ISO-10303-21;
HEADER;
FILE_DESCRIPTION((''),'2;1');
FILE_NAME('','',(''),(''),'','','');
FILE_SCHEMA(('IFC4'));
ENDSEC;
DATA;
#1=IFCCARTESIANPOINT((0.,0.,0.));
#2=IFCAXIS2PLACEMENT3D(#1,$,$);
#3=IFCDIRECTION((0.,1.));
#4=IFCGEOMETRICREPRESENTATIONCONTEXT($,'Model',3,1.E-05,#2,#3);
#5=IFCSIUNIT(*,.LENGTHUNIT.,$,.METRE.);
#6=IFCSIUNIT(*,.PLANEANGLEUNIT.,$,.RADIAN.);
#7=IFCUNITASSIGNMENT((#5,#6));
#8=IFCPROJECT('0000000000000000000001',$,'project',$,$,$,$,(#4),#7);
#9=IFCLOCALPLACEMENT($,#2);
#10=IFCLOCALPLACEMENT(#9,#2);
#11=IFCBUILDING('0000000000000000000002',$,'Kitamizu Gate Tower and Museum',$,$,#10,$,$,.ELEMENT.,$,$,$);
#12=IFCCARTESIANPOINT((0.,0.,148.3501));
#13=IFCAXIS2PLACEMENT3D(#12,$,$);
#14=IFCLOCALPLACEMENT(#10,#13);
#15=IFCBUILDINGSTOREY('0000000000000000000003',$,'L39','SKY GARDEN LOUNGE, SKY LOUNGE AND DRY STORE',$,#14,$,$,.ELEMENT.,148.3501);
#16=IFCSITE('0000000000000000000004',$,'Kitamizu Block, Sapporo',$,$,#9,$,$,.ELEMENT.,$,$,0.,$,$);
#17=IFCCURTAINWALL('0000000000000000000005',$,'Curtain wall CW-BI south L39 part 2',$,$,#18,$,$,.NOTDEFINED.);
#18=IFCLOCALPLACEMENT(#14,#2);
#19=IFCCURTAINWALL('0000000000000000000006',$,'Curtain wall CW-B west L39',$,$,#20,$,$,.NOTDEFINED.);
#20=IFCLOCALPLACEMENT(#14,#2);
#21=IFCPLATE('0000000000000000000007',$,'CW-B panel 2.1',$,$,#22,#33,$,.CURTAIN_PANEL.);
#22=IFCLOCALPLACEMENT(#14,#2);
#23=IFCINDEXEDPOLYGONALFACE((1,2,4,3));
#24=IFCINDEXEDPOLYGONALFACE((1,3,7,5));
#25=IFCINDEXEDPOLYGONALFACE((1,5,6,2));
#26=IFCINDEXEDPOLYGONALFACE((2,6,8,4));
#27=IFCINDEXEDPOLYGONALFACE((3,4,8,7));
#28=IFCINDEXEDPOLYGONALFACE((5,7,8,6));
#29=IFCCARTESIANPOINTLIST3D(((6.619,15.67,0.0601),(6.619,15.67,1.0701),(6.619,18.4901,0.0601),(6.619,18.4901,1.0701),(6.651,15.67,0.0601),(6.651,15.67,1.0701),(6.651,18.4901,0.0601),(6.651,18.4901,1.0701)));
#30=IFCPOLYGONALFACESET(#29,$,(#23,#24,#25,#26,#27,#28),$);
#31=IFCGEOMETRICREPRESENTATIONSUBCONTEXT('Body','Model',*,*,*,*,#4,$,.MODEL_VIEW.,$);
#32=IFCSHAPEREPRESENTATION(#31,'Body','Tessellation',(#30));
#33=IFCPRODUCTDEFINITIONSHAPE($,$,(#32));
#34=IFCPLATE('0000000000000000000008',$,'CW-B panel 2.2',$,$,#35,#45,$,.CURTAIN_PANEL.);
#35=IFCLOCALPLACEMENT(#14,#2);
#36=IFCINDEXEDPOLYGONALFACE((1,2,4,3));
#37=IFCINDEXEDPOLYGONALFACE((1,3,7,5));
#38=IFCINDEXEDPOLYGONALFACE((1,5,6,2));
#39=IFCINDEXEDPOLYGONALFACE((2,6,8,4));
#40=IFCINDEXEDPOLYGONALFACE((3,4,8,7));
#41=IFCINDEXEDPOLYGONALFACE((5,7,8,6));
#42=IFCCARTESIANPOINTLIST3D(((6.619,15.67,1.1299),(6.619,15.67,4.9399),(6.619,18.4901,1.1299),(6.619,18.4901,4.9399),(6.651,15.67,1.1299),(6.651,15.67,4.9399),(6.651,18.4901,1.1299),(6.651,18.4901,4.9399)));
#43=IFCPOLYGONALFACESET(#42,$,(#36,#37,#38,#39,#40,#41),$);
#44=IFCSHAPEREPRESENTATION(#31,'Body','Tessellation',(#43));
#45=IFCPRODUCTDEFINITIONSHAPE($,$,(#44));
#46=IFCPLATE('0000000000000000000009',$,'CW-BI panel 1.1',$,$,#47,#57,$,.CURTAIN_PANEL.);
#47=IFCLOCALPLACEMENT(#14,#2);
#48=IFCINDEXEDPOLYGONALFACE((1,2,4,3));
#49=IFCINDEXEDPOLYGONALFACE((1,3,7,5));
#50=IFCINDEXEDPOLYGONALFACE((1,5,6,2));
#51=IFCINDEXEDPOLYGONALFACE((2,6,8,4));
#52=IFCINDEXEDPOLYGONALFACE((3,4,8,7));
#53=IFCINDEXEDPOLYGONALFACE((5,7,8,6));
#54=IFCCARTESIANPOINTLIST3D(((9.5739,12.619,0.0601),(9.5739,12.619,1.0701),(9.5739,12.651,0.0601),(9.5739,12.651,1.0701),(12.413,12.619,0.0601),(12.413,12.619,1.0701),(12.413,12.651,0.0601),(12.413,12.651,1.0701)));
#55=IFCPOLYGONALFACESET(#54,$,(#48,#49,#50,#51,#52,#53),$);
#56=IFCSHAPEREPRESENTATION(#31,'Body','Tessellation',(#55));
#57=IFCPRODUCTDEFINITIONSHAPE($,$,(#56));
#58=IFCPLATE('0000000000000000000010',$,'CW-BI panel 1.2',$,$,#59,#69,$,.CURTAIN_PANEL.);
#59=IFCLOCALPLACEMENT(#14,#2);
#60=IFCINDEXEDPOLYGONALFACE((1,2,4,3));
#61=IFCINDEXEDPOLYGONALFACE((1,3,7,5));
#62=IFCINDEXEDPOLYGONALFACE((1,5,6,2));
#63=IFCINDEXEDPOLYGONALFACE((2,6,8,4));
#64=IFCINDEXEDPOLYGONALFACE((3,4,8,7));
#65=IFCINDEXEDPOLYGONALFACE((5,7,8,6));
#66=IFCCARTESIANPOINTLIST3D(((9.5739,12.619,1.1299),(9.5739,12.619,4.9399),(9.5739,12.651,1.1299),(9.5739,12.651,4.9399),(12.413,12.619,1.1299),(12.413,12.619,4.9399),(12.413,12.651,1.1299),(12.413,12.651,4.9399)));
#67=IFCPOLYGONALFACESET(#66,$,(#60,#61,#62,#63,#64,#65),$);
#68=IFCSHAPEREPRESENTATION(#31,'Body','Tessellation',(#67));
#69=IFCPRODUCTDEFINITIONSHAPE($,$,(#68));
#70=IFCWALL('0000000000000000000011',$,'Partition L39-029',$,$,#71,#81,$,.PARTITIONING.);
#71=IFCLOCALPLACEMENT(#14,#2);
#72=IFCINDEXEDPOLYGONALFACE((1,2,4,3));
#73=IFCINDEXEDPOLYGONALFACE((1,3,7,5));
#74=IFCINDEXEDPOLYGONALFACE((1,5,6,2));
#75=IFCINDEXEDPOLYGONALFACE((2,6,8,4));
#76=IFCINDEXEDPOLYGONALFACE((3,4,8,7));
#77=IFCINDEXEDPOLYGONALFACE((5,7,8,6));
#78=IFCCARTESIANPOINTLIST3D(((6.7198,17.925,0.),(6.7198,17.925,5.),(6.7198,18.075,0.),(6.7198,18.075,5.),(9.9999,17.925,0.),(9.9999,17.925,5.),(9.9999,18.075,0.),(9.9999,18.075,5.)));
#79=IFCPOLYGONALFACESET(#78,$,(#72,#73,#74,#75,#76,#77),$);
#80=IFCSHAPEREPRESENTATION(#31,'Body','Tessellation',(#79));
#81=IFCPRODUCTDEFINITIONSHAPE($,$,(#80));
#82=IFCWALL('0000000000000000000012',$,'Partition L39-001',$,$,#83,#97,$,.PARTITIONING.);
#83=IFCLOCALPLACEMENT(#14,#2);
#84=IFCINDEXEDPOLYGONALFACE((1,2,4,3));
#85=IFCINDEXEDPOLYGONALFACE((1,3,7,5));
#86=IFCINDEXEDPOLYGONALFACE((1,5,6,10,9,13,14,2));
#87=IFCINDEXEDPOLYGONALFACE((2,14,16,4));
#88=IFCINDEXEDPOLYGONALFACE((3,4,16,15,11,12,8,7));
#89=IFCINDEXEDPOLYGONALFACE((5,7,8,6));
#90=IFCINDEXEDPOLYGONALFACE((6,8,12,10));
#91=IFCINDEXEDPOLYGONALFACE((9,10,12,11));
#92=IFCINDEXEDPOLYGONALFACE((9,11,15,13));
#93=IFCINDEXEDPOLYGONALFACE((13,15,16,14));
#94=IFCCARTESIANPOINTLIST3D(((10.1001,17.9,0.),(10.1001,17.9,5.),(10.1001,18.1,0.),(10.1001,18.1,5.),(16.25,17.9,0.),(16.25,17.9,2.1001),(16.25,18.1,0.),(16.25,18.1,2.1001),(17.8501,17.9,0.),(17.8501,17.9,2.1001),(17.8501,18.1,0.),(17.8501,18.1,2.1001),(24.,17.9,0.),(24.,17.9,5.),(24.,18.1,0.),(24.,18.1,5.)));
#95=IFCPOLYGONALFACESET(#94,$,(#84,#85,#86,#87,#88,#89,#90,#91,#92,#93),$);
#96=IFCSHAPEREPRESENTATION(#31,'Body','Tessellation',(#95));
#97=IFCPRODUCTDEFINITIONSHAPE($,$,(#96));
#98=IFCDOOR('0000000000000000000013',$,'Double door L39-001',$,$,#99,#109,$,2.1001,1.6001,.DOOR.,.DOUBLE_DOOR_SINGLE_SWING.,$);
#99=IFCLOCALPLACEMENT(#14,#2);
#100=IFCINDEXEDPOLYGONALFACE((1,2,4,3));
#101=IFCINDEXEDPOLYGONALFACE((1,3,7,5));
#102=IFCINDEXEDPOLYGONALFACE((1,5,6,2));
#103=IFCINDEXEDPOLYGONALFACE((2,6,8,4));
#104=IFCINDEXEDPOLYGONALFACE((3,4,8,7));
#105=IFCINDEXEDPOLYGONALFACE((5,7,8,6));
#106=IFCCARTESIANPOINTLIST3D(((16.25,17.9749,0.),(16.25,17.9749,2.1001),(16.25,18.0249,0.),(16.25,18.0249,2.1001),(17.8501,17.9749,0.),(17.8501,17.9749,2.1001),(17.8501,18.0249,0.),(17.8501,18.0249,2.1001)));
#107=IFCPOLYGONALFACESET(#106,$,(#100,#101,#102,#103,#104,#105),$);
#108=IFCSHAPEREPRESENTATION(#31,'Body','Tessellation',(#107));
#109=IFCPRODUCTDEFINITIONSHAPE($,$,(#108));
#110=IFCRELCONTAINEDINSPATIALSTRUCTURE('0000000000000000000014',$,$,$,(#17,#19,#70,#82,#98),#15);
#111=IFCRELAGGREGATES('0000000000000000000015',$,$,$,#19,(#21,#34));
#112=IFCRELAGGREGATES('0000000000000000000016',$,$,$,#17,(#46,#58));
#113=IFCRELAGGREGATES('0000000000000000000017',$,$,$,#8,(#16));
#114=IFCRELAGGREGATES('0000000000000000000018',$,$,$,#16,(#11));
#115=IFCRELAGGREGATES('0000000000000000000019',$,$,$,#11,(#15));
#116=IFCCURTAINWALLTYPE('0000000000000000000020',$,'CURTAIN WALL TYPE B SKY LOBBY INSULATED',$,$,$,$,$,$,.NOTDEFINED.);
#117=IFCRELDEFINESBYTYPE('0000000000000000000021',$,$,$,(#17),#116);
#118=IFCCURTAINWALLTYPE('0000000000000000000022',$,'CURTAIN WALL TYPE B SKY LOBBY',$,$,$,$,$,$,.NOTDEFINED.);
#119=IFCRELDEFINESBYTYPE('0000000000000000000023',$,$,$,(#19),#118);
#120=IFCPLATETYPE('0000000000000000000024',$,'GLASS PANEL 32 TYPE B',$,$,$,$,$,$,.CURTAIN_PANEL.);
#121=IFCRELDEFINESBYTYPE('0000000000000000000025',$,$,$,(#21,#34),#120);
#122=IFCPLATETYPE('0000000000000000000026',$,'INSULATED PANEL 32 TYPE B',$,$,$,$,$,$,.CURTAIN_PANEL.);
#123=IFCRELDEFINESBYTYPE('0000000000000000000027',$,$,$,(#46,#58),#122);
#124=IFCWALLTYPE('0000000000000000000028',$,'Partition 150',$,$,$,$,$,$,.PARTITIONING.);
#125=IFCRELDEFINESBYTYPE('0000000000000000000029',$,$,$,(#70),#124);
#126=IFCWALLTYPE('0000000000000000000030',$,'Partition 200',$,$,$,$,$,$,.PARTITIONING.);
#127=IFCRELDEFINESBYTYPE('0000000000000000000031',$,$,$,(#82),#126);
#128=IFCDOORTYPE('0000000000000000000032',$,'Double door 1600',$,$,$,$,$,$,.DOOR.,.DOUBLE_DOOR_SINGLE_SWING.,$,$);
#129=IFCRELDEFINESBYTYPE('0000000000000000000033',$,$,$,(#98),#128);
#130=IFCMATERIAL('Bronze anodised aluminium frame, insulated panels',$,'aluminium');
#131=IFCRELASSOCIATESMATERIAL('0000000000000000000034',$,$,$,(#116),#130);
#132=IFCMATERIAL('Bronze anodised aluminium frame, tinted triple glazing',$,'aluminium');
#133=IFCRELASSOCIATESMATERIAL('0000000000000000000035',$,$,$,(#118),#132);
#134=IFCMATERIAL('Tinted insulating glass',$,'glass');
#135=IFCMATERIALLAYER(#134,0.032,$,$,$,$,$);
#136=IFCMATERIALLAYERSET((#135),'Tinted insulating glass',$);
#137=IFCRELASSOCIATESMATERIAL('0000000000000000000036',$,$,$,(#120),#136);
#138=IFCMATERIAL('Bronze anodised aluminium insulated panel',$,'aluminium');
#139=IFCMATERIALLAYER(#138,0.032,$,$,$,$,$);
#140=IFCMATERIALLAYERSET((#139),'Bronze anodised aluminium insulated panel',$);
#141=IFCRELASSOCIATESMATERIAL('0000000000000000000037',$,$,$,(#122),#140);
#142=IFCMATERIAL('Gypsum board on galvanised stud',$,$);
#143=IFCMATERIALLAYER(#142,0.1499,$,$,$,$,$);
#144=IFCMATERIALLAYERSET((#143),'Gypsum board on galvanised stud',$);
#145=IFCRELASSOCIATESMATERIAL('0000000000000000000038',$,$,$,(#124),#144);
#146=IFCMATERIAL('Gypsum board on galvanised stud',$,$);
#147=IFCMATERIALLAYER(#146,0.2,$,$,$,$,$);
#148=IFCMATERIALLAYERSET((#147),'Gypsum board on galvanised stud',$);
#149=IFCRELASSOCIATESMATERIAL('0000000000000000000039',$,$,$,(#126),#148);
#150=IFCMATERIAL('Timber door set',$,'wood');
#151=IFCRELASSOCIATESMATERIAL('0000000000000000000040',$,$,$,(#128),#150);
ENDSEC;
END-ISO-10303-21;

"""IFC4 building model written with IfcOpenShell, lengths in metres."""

from ifc_helpers import new_model, si_unit, direction, frame, frame_2d, origin, origin_2d, place, context, subcontext, project, spatial, rectangle, extrude, material, layer, layer_set, type_object, element, fill, aggregate, save


model = new_model("IFC4")

# Units and contexts
model_context = context("Model", 3, precision=1e-05, world=origin(), true_north=direction((0.0, 1.0)))
body_context = subcontext(model_context, "Body", "Model", "MODEL_VIEW")
ifc_project = project(units=[si_unit("LENGTHUNIT", "METRE"), si_unit("PLANEANGLEUNIT", "RADIAN")], contexts=[model_context])

# Site, building, storey
site_placement = place(None, origin())
site = spatial("IfcSite", under=ifc_project, at=site_placement, Name="Kitamizu Block, Sapporo", CompositionType="ELEMENT", RefElevation=0.0)
building_placement = place(site_placement, origin())
building = spatial("IfcBuilding", under=site, at=building_placement, Name="Kitamizu Gate Tower and Museum", CompositionType="ELEMENT")
storey_placement = place(building_placement, frame((0.0, 0.0, 148.3501)))
storey = spatial("IfcBuildingStorey", under=building, at=storey_placement, Name="L39", Description="SKY GARDEN LOUNGE, SKY LOUNGE AND DRY STORE", CompositionType="ELEMENT", Elevation=148.3501)

# Curtain wall
ifc_material_1 = material(Name="Bronze anodised aluminium frame, insulated panels", Category="aluminium")
curtain_wall_type_1 = type_object("IfcCurtainWallType", Name="CURTAIN WALL TYPE B SKY LOBBY INSULATED", PredefinedType="NOTDEFINED", material=ifc_material_1)
curtain_wall_1_placement = place(storey_placement, origin())
curtain_wall_1 = element("IfcCurtainWall", 1, at=curtain_wall_1_placement, inside=storey, type_object=curtain_wall_type_1, Name="Curtain wall CW-BI south L39 part 2", PredefinedType="NOTDEFINED")

# Curtain wall
ifc_material_2 = material(Name="Bronze anodised aluminium frame, tinted triple glazing", Category="aluminium")
curtain_wall_type_2 = type_object("IfcCurtainWallType", Name="CURTAIN WALL TYPE B SKY LOBBY", PredefinedType="NOTDEFINED", material=ifc_material_2)
curtain_wall_2_placement = place(storey_placement, origin())
curtain_wall_2 = element("IfcCurtainWall", 2, at=curtain_wall_2_placement, inside=storey, type_object=curtain_wall_type_2, Name="Curtain wall CW-B west L39", PredefinedType="NOTDEFINED")

# Plates
ifc_material_3 = material(Name="Tinted insulating glass", Category="glass")
ifc_layer_1 = layer(ifc_material_3, 0.032)
ifc_layer_set_1 = layer_set([ifc_layer_1], Name="Tinted insulating glass")
plate_type_1 = type_object("IfcPlateType", Name="GLASS PANEL 32 TYPE B", PredefinedType="CURTAIN_PANEL", material=ifc_layer_set_1)
plate_1_placement = place(storey_placement, frame((6.635, 17.0801, 0.0601), z_axis=(0.0, 0.0, 1.0), x_axis=(0.0, 1.0, 0.0)))
plate_1 = element("IfcPlate", 3, at=plate_1_placement, type_object=plate_type_1, Name="CW-B panel 2.1", PredefinedType="CURTAIN_PANEL", context=body_context, shape_type="SweptSolid", body=[
    extrude(rectangle(XDim=2.8201, YDim=0.032, at=origin_2d()), origin(), (0.0, 0.0, 1.0), 1.01),
])
plate_2_placement = place(storey_placement, frame((6.635, 17.0801, 1.1299), z_axis=(0.0, 0.0, 1.0), x_axis=(0.0, 1.0, 0.0)))
plate_2 = element("IfcPlate", 4, at=plate_2_placement, type_object=plate_type_1, Name="CW-B panel 2.2", PredefinedType="CURTAIN_PANEL", context=body_context, shape_type="SweptSolid", body=[
    extrude(rectangle(XDim=2.8201, YDim=0.032, at=origin_2d()), origin(), (0.0, 0.0, 1.0), 3.8101),
])
aggregate(curtain_wall_2, [plate_1, plate_2])
ifc_material_4 = material(Name="Bronze anodised aluminium insulated panel", Category="aluminium")
ifc_layer_2 = layer(ifc_material_4, 0.032)
ifc_layer_set_2 = layer_set([ifc_layer_2], Name="Bronze anodised aluminium insulated panel")
plate_type_2 = type_object("IfcPlateType", Name="INSULATED PANEL 32 TYPE B", PredefinedType="CURTAIN_PANEL", material=ifc_layer_set_2)
plate_3_placement = place(storey_placement, frame((10.9934, 12.635, 0.0601), z_axis=(0.0, 0.0, 1.0), x_axis=(1.0, 0.0, 0.0)))
plate_3 = element("IfcPlate", 5, at=plate_3_placement, type_object=plate_type_2, Name="CW-BI panel 1.1", PredefinedType="CURTAIN_PANEL", context=body_context, shape_type="SweptSolid", body=[
    extrude(rectangle(XDim=2.8391, YDim=0.032, at=origin_2d()), origin(), (0.0, 0.0, 1.0), 1.01),
])
plate_4_placement = place(storey_placement, frame((10.9934, 12.635, 1.1299), z_axis=(0.0, 0.0, 1.0), x_axis=(1.0, 0.0, 0.0)))
plate_4 = element("IfcPlate", 6, at=plate_4_placement, type_object=plate_type_2, Name="CW-BI panel 1.2", PredefinedType="CURTAIN_PANEL", context=body_context, shape_type="SweptSolid", body=[
    extrude(rectangle(XDim=2.8391, YDim=0.032, at=origin_2d()), origin(), (0.0, 0.0, 1.0), 3.8101),
])
aggregate(curtain_wall_1, [plate_3, plate_4])

# Wall
ifc_material_5 = material(Name="Gypsum board on galvanised stud")
ifc_layer_3 = layer(ifc_material_5, 0.1499)
ifc_layer_set_3 = layer_set([ifc_layer_3], Name="Gypsum board on galvanised stud")
wall_type_1 = type_object("IfcWallType", Name="Partition 150", PredefinedType="PARTITIONING", material=ifc_layer_set_3)
wall_1_placement = place(storey_placement, frame((10.0, 18.0, 0.0), z_axis=(0.0, 0.0, 1.0), x_axis=(-1.0, 0.0, 0.0)))
element("IfcWall", 7, at=wall_1_placement, inside=storey, type_object=wall_type_1, Name="Partition L39-029", PredefinedType="PARTITIONING", context=body_context, shape_type="SweptSolid", body=[
    extrude(rectangle(XDim=3.28, YDim=0.1499, at=frame_2d((1.6401, 0.0))), origin(), (0.0, 0.0, 1.0), 5.0),
])

# Wall, opening, door
ifc_material_6 = material(Name="Gypsum board on galvanised stud")
ifc_layer_4 = layer(ifc_material_6, 0.2)
ifc_layer_set_4 = layer_set([ifc_layer_4], Name="Gypsum board on galvanised stud")
wall_type_2 = type_object("IfcWallType", Name="Partition 200", PredefinedType="PARTITIONING", material=ifc_layer_set_4)
wall_2_placement = place(storey_placement, frame((10.1001, 18.0, 0.0), z_axis=(0.0, 0.0, 1.0), x_axis=(1.0, 0.0, 0.0)))
wall_2 = element("IfcWall", 8, at=wall_2_placement, inside=storey, type_object=wall_type_2, Name="Partition L39-001", PredefinedType="PARTITIONING", context=body_context, shape_type="SweptSolid", body=[
    extrude(rectangle(XDim=13.8999, YDim=0.2, at=frame_2d((6.95, 0.0))), origin(), (0.0, 0.0, 1.0), 5.0),
])
opening_placement = place(wall_2_placement, frame((6.1499, 0.0, 0.0)))
opening = element("IfcOpeningElement", 9, at=opening_placement, cuts=wall_2, PredefinedType="OPENING", context=body_context, shape_type="SweptSolid", body=[
    extrude(rectangle(XDim=1.6001, YDim=2.1001, at=frame_2d((0.8, 1.05))), frame((0.0, 0.1099, 0.0), z_axis=(0.0, -1.0, 0.0), x_axis=(1.0, 0.0, 0.0)), (0.0, 0.0, 1.0), 0.22),
])
ifc_material_7 = material(Name="Timber door set", Category="wood")
door_type = type_object("IfcDoorType", Name="Double door 1600", OperationType="DOUBLE_DOOR_SINGLE_SWING", PredefinedType="DOOR", material=ifc_material_7)
door_placement = place(opening_placement, origin())
door = element("IfcDoor", 10, at=door_placement, inside=storey, type_object=door_type, Name="Double door L39-001", OperationType="DOUBLE_DOOR_SINGLE_SWING", OverallHeight=2.1001, OverallWidth=1.6001, PredefinedType="DOOR", context=body_context, shape_type="SweptSolid", body=[
    extrude(rectangle(XDim=1.6001, YDim=2.1001, at=frame_2d((0.8, 1.05))), frame((0.0, 0.0249, 0.0), z_axis=(0.0, -1.0, 0.0), x_axis=(1.0, 0.0, 0.0)), (0.0, 0.0, 1.0), 0.05),
])
fill(opening, door)

save(model, "model.ifc")
